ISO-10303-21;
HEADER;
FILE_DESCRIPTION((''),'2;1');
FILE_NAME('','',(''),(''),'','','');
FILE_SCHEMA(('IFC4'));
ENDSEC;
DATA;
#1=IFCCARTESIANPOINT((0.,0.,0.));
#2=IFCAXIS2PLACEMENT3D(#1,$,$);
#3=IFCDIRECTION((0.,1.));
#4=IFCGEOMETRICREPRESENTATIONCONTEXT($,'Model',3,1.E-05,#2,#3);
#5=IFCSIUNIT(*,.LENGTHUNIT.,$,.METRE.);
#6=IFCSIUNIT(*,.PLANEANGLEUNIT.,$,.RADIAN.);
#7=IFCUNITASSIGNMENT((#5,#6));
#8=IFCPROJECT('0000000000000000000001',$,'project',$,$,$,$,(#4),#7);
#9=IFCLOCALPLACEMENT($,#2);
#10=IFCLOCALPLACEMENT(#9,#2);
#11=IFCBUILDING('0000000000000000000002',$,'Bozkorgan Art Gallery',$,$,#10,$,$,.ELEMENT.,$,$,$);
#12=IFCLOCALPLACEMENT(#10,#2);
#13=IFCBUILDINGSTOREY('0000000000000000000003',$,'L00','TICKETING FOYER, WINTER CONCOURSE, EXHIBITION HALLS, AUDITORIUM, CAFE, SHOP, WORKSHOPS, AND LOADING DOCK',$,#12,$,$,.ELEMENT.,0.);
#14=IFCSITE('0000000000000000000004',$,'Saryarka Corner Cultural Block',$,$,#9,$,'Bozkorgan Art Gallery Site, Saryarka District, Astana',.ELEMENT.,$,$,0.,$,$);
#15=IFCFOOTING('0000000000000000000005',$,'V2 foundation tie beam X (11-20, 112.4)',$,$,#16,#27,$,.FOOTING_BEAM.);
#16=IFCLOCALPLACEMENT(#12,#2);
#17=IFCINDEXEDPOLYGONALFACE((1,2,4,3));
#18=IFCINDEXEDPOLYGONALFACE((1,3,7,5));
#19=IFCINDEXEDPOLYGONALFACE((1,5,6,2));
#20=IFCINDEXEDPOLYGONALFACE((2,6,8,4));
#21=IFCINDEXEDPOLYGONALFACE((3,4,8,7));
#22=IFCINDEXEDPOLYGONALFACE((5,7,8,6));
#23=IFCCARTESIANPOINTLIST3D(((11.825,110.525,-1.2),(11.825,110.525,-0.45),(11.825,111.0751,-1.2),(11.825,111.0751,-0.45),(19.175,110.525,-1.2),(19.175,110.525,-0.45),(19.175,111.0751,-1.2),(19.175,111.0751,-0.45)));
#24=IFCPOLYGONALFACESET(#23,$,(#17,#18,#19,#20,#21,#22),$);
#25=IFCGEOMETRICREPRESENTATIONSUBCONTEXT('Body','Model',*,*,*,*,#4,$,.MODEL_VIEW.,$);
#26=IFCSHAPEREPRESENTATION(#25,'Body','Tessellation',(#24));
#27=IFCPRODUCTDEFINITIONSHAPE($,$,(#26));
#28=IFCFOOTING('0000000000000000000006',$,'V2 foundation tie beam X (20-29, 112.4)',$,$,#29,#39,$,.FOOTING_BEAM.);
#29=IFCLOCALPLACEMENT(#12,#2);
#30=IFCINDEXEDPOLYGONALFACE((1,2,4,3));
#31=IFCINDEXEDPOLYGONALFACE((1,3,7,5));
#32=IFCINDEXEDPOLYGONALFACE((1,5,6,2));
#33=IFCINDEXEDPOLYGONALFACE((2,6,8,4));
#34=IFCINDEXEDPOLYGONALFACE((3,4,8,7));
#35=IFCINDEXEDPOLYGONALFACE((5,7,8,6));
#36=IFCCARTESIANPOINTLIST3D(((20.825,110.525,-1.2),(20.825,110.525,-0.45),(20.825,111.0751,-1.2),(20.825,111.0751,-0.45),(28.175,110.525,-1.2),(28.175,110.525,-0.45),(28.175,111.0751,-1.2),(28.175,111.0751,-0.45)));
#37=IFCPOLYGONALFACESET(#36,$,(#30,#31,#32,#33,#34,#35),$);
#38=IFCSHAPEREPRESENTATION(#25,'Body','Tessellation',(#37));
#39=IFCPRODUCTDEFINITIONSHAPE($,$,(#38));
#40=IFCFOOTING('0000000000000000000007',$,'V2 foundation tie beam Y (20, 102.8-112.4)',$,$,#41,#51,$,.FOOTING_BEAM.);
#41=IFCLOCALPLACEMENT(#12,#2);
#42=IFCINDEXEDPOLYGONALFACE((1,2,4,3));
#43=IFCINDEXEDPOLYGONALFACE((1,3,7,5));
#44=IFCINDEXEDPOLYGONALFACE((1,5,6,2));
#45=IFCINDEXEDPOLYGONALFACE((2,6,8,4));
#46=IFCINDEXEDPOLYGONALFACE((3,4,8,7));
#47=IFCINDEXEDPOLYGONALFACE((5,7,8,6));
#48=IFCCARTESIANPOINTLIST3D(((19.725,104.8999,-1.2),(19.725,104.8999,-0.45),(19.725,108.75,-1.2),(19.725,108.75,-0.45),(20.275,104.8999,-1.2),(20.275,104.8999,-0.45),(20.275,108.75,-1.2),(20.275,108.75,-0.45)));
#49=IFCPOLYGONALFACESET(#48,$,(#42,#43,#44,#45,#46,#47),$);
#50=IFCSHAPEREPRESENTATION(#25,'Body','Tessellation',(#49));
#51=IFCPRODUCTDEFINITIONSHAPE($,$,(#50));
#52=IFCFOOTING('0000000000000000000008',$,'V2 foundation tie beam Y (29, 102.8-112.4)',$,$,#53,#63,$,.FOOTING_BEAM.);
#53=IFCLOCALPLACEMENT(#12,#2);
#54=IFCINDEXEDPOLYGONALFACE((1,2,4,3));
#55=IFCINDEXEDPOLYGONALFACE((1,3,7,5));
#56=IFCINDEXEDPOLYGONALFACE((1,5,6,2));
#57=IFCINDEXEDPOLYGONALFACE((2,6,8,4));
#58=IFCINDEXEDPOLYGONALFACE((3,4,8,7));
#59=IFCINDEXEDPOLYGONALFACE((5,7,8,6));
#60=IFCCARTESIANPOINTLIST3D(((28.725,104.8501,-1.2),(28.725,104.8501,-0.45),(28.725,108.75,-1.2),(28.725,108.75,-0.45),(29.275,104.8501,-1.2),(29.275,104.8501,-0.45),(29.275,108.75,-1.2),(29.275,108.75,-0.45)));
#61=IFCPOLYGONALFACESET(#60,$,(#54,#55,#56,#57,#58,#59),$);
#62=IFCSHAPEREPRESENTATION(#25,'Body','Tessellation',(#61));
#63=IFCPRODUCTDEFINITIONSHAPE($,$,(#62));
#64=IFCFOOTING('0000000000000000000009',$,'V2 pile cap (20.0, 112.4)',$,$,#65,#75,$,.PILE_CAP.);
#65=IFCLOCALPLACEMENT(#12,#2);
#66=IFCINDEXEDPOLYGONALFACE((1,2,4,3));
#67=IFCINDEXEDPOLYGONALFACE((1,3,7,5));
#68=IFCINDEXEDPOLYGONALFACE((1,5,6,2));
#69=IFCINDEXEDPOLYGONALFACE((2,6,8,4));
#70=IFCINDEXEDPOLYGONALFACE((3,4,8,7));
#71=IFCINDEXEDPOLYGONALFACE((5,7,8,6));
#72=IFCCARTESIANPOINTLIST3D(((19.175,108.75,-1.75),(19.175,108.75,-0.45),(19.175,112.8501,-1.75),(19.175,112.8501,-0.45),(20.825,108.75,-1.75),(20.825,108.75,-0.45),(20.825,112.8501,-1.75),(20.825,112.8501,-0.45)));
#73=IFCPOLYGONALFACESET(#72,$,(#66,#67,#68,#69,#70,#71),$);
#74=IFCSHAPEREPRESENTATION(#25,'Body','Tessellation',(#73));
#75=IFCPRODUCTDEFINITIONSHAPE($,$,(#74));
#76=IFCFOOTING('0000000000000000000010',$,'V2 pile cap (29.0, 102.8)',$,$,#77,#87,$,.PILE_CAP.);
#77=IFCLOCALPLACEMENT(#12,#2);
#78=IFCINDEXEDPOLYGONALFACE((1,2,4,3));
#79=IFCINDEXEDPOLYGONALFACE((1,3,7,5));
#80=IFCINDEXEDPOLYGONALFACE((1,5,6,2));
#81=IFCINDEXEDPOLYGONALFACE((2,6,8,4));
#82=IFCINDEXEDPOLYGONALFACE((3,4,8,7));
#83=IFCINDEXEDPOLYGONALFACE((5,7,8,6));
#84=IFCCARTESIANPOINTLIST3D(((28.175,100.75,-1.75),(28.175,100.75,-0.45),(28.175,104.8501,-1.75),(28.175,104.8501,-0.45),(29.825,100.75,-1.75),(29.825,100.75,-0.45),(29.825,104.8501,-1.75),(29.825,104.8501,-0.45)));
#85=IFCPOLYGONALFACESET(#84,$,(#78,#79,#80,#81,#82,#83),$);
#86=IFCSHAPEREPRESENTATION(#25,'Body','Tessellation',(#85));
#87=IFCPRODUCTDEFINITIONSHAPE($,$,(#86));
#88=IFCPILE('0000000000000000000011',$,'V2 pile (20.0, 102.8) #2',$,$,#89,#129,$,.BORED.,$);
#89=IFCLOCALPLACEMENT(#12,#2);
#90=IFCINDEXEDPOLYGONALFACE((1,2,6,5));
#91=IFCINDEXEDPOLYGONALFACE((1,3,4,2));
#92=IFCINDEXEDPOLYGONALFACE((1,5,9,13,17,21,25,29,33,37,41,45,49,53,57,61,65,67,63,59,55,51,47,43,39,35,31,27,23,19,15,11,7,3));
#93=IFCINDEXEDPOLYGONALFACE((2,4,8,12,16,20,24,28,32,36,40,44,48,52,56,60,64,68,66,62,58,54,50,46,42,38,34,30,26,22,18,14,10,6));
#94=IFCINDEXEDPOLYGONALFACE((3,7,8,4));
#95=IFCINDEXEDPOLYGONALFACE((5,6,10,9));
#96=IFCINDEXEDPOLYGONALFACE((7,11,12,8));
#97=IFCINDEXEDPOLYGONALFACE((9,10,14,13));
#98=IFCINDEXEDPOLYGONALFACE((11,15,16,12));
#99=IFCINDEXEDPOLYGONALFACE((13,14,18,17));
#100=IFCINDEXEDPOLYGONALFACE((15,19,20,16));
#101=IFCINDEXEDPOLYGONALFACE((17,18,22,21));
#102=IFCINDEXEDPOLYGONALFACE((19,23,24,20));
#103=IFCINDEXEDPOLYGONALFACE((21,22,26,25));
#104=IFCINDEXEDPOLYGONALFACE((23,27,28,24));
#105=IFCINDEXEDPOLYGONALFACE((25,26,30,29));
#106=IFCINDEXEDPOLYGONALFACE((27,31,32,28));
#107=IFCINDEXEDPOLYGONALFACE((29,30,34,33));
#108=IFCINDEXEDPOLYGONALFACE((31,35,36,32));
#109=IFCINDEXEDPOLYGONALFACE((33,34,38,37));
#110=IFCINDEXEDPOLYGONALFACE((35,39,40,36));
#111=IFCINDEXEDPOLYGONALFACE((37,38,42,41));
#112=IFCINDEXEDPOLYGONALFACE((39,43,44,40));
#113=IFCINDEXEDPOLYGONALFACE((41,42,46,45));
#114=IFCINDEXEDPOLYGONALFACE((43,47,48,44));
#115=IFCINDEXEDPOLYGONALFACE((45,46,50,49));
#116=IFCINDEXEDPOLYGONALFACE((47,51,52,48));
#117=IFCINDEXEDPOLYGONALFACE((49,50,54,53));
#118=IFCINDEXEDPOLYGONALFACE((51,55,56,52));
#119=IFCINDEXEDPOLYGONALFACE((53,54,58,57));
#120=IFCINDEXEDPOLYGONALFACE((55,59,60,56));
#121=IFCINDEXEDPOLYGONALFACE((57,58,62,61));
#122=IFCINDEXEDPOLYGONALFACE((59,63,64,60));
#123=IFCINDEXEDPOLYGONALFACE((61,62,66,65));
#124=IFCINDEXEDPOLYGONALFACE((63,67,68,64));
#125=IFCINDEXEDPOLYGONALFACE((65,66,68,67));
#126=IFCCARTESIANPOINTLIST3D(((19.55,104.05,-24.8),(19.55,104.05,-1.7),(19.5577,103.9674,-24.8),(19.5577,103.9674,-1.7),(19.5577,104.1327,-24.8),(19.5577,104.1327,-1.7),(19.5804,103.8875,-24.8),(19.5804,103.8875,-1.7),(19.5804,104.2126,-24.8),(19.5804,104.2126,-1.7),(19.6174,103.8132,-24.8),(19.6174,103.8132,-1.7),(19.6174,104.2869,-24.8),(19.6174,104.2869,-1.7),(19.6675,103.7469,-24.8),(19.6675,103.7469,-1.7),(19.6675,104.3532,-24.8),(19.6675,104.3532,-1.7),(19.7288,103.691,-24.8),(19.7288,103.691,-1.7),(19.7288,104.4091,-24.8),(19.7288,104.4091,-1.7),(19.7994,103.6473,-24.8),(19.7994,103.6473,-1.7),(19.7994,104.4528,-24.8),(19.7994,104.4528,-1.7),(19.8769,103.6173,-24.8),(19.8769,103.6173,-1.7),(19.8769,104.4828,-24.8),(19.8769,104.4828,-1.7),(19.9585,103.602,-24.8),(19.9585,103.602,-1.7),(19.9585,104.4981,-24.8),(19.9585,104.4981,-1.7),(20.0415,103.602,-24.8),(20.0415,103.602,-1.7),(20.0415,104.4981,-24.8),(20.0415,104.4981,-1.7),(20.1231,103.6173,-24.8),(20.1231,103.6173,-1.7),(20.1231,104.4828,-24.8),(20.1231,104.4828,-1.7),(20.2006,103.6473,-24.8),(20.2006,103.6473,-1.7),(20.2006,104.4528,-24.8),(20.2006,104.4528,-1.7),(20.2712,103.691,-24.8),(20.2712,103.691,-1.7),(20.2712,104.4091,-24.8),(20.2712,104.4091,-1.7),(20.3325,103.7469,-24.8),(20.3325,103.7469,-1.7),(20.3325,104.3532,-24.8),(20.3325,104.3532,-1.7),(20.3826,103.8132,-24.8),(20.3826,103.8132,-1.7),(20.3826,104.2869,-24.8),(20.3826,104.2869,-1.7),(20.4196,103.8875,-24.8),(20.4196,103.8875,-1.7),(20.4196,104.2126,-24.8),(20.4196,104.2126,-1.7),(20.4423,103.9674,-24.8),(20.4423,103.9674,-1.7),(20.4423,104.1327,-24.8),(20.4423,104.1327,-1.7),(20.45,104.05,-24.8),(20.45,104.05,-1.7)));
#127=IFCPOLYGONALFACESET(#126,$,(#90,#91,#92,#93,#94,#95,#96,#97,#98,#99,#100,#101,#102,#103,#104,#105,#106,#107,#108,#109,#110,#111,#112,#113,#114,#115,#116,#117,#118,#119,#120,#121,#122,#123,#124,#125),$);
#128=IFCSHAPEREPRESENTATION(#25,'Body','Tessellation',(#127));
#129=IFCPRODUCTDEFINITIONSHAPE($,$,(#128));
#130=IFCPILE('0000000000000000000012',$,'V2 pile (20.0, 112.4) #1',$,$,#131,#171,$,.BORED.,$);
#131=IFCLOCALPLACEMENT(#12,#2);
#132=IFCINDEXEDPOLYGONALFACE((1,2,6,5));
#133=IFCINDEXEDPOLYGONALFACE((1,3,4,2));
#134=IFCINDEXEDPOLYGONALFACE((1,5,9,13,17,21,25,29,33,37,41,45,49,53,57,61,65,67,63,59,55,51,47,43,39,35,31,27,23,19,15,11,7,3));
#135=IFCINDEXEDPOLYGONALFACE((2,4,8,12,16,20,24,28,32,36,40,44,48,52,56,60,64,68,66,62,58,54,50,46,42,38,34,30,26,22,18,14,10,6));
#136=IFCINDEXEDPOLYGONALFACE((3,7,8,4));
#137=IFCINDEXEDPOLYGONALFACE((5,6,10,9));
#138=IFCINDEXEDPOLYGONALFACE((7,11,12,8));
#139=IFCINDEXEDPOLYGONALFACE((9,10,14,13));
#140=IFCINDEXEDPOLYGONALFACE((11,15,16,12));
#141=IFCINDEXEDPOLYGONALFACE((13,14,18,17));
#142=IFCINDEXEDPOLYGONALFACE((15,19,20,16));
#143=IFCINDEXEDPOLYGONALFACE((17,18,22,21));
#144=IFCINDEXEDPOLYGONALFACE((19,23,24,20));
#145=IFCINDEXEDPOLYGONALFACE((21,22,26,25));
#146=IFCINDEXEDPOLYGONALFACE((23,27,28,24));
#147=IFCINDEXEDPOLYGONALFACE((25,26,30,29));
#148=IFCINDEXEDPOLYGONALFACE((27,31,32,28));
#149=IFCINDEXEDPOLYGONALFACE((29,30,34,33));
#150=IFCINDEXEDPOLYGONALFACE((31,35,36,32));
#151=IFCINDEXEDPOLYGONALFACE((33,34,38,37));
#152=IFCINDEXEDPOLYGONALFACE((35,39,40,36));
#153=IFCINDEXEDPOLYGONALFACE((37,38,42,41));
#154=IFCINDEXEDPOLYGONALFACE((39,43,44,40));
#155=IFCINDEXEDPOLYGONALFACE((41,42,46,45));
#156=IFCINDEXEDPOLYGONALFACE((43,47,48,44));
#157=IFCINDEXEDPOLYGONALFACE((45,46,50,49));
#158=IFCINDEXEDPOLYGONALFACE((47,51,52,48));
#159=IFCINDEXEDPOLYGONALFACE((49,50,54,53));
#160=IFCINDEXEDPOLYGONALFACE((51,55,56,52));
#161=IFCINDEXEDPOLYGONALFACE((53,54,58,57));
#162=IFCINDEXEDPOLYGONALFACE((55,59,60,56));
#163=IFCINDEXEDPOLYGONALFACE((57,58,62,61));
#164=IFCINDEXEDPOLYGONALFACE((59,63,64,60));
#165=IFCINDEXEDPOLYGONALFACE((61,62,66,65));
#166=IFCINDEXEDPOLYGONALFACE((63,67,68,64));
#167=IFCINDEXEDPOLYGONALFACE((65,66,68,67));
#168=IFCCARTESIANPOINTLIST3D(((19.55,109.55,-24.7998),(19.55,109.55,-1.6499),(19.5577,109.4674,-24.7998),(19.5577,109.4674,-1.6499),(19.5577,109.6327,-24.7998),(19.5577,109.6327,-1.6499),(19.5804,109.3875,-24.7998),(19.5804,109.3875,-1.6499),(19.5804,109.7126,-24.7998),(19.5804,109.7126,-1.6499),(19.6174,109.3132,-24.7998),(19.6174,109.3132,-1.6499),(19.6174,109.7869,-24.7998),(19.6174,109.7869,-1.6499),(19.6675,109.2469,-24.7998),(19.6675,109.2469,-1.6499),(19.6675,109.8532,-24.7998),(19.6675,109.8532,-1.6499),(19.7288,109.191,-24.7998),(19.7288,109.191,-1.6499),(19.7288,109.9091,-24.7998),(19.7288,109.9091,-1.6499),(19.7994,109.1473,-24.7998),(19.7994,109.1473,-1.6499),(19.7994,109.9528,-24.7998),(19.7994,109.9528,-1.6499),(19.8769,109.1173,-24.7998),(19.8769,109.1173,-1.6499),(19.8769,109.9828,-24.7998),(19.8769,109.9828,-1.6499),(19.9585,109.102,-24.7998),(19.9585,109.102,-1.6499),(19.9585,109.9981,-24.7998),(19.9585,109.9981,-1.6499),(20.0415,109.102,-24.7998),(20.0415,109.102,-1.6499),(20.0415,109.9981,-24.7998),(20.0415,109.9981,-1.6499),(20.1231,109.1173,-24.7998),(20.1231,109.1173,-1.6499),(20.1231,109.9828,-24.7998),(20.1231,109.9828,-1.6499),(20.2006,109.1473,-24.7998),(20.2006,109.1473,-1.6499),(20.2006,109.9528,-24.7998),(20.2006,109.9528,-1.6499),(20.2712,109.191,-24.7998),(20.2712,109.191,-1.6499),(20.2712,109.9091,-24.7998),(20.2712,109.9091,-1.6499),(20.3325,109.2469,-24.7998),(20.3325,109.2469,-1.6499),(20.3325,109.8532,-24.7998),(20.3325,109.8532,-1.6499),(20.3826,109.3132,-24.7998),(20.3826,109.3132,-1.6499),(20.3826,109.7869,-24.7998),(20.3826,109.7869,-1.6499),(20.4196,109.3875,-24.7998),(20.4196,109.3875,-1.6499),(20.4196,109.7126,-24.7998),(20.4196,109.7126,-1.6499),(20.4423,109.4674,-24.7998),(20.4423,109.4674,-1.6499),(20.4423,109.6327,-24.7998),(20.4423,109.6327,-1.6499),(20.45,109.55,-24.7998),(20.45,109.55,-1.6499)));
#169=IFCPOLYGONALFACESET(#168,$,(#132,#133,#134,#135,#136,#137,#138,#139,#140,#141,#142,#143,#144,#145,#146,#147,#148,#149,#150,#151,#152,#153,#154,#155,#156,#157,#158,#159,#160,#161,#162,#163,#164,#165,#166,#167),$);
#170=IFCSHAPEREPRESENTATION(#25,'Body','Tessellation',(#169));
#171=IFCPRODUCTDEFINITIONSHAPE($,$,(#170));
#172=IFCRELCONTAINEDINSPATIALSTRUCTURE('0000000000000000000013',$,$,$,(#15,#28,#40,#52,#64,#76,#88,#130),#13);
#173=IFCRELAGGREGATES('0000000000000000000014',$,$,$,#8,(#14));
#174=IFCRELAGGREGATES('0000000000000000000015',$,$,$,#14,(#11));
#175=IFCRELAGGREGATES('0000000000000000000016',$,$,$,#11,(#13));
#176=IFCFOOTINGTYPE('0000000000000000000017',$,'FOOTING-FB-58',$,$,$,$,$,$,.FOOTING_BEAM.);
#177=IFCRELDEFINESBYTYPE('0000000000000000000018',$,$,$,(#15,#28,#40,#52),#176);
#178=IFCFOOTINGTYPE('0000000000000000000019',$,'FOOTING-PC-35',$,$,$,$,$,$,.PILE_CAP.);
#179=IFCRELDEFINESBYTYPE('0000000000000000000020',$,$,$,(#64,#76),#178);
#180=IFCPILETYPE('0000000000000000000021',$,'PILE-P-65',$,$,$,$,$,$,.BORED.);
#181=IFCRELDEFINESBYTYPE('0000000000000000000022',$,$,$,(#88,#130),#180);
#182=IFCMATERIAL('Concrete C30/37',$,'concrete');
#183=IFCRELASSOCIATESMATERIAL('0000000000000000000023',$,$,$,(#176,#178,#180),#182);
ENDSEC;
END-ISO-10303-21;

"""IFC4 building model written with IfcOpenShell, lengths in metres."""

from ifc_helpers import new_model, si_unit, direction, frame, origin, origin_2d, place, context, subcontext, project, spatial, rectangle, circle, extrude, material, material_profile, profile_set, type_object, element, save


model = new_model("IFC4")

# Units and contexts
model_context = context("Model", 3, precision=1e-05, world=origin(), true_north=direction((0.0, 1.0)))
body_context = subcontext(model_context, "Body", "Model", "MODEL_VIEW")
ifc_project = project(units=[si_unit("LENGTHUNIT", "METRE"), si_unit("PLANEANGLEUNIT", "RADIAN")], contexts=[model_context])

# Site, building, storey
site_placement = place(None, origin())
site = spatial("IfcSite", under=ifc_project, at=site_placement, Name="Saryarka Corner Cultural Block", LongName="Bozkorgan Art Gallery Site, Saryarka District, Astana", CompositionType="ELEMENT", RefElevation=0.0)
building_placement = place(site_placement, origin())
building = spatial("IfcBuilding", under=site, at=building_placement, Name="Bozkorgan Art Gallery", CompositionType="ELEMENT")
storey_placement = place(building_placement, origin())
storey = spatial("IfcBuildingStorey", under=building, at=storey_placement, Name="L00", Description="TICKETING FOYER, WINTER CONCOURSE, EXHIBITION HALLS, AUDITORIUM, CAFE, SHOP, WORKSHOPS, AND LOADING DOCK", CompositionType="ELEMENT", Elevation=0.0)

# Footings
ifc_material_1 = material(Name="Concrete C30/37", Category="concrete")
ifc_material_profile_1 = material_profile(ifc_material_1, rectangle(XDim=0.55, YDim=0.75, at=origin_2d()), Name="FND 550x750")
ifc_profile_set_1 = profile_set([ifc_material_profile_1], Name="Concrete C30/37")
footing_type_1 = type_object("IfcFootingType", Name="FOOTING-FB-58", PredefinedType="FOOTING_BEAM", material=ifc_profile_set_1)
for number, where, z_axis, x_axis, name in (
    (1, (11.825, 110.8, -0.825), (1.0, 0.0, 0.0), (0.0, 1.0, 0.0), "V2 foundation tie beam X (11-20, 112.4)"),
    (2, (20.825, 110.8, -0.825), (1.0, 0.0, 0.0), (0.0, 1.0, 0.0), "V2 foundation tie beam X (20-29, 112.4)"),
):
    element("IfcFooting", number, at=place(storey_placement, frame(where, z_axis=z_axis, x_axis=x_axis)), inside=storey, type_object=footing_type_1, Name=name, PredefinedType="FOOTING_BEAM", context=body_context, shape_type="SweptSolid", body=[
        extrude(rectangle(XDim=0.55, YDim=0.75, at=origin_2d()), origin(), (0.0, 0.0, 1.0), 7.3501),
    ])
footing_1_placement = place(storey_placement, frame((20.0, 104.8999, -0.825), z_axis=(0.0, 1.0, 0.0), x_axis=(-1.0, 0.0, 0.0)))
element("IfcFooting", 3, at=footing_1_placement, inside=storey, type_object=footing_type_1, Name="V2 foundation tie beam Y (20, 102.8-112.4)", PredefinedType="FOOTING_BEAM", context=body_context, shape_type="SweptSolid", body=[
    extrude(rectangle(XDim=0.55, YDim=0.75, at=origin_2d()), origin(), (0.0, 0.0, 1.0), 3.8501),
])
footing_2_placement = place(storey_placement, frame((29.0, 104.8501, -0.825), z_axis=(0.0, 1.0, 0.0), x_axis=(-1.0, 0.0, 0.0)))
element("IfcFooting", 4, at=footing_2_placement, inside=storey, type_object=footing_type_1, Name="V2 foundation tie beam Y (29, 102.8-112.4)", PredefinedType="FOOTING_BEAM", context=body_context, shape_type="SweptSolid", body=[
    extrude(rectangle(XDim=0.55, YDim=0.75, at=origin_2d()), origin(), (0.0, 0.0, 1.0), 3.8999),
])
footing_type_2 = type_object("IfcFootingType", Name="FOOTING-PC-35", PredefinedType="PILE_CAP", material=ifc_material_1)
for number, where, z_axis, x_axis, name in (
    (5, (20.0, 110.8, -1.75), (0.0, 0.0, 1.0), (1.0, 0.0, 0.0), "V2 pile cap (20.0, 112.4)"),
    (6, (29.0, 102.8, -1.75), (0.0, 0.0, 1.0), (1.0, 0.0, 0.0), "V2 pile cap (29.0, 102.8)"),
):
    element("IfcFooting", number, at=place(storey_placement, frame(where, z_axis=z_axis, x_axis=x_axis)), inside=storey, type_object=footing_type_2, Name=name, PredefinedType="PILE_CAP", context=body_context, shape_type="SweptSolid", body=[
        extrude(rectangle(XDim=1.6499, YDim=4.1001, at=origin_2d()), origin(), (0.0, 0.0, 1.0), 1.3),
    ])

# Piles
ifc_material_profile_2 = material_profile(ifc_material_1, circle(Radius=0.45, at=origin_2d()), Name="PILE D900")
ifc_profile_set_2 = profile_set([ifc_material_profile_2], Name="Concrete C30/37")
pile_type = type_object("IfcPileType", Name="PILE-P-65", PredefinedType="BORED", material=ifc_profile_set_2)
pile_placement = place(storey_placement, frame((20.0, 104.05, -1.7), z_axis=(0.0, 0.0, -1.0), x_axis=(1.0, 0.0, 0.0)))
element("IfcPile", 7, at=pile_placement, inside=storey, type_object=pile_type, Name="V2 pile (20.0, 102.8) #2", PredefinedType="BORED", context=body_context, shape_type="SweptSolid", body=[
    extrude(circle(Radius=0.45, at=origin_2d()), origin(), (0.0, 0.0, 1.0), 23.1001),
])
for number, where, z_axis, x_axis, name in (
    (8, (20.0, 109.55, -1.6499), (0.0, 0.0, -1.0), (1.0, 0.0, 0.0), "V2 pile (20.0, 112.4) #1"),
):
    element("IfcPile", number, at=place(storey_placement, frame(where, z_axis=z_axis, x_axis=x_axis)), inside=storey, type_object=pile_type, Name=name, PredefinedType="BORED", context=body_context, shape_type="SweptSolid", body=[
        extrude(circle(Radius=0.45, at=origin_2d()), origin(), (0.0, 0.0, 1.0), 23.1499),
    ])

save(model, "model.ifc")
